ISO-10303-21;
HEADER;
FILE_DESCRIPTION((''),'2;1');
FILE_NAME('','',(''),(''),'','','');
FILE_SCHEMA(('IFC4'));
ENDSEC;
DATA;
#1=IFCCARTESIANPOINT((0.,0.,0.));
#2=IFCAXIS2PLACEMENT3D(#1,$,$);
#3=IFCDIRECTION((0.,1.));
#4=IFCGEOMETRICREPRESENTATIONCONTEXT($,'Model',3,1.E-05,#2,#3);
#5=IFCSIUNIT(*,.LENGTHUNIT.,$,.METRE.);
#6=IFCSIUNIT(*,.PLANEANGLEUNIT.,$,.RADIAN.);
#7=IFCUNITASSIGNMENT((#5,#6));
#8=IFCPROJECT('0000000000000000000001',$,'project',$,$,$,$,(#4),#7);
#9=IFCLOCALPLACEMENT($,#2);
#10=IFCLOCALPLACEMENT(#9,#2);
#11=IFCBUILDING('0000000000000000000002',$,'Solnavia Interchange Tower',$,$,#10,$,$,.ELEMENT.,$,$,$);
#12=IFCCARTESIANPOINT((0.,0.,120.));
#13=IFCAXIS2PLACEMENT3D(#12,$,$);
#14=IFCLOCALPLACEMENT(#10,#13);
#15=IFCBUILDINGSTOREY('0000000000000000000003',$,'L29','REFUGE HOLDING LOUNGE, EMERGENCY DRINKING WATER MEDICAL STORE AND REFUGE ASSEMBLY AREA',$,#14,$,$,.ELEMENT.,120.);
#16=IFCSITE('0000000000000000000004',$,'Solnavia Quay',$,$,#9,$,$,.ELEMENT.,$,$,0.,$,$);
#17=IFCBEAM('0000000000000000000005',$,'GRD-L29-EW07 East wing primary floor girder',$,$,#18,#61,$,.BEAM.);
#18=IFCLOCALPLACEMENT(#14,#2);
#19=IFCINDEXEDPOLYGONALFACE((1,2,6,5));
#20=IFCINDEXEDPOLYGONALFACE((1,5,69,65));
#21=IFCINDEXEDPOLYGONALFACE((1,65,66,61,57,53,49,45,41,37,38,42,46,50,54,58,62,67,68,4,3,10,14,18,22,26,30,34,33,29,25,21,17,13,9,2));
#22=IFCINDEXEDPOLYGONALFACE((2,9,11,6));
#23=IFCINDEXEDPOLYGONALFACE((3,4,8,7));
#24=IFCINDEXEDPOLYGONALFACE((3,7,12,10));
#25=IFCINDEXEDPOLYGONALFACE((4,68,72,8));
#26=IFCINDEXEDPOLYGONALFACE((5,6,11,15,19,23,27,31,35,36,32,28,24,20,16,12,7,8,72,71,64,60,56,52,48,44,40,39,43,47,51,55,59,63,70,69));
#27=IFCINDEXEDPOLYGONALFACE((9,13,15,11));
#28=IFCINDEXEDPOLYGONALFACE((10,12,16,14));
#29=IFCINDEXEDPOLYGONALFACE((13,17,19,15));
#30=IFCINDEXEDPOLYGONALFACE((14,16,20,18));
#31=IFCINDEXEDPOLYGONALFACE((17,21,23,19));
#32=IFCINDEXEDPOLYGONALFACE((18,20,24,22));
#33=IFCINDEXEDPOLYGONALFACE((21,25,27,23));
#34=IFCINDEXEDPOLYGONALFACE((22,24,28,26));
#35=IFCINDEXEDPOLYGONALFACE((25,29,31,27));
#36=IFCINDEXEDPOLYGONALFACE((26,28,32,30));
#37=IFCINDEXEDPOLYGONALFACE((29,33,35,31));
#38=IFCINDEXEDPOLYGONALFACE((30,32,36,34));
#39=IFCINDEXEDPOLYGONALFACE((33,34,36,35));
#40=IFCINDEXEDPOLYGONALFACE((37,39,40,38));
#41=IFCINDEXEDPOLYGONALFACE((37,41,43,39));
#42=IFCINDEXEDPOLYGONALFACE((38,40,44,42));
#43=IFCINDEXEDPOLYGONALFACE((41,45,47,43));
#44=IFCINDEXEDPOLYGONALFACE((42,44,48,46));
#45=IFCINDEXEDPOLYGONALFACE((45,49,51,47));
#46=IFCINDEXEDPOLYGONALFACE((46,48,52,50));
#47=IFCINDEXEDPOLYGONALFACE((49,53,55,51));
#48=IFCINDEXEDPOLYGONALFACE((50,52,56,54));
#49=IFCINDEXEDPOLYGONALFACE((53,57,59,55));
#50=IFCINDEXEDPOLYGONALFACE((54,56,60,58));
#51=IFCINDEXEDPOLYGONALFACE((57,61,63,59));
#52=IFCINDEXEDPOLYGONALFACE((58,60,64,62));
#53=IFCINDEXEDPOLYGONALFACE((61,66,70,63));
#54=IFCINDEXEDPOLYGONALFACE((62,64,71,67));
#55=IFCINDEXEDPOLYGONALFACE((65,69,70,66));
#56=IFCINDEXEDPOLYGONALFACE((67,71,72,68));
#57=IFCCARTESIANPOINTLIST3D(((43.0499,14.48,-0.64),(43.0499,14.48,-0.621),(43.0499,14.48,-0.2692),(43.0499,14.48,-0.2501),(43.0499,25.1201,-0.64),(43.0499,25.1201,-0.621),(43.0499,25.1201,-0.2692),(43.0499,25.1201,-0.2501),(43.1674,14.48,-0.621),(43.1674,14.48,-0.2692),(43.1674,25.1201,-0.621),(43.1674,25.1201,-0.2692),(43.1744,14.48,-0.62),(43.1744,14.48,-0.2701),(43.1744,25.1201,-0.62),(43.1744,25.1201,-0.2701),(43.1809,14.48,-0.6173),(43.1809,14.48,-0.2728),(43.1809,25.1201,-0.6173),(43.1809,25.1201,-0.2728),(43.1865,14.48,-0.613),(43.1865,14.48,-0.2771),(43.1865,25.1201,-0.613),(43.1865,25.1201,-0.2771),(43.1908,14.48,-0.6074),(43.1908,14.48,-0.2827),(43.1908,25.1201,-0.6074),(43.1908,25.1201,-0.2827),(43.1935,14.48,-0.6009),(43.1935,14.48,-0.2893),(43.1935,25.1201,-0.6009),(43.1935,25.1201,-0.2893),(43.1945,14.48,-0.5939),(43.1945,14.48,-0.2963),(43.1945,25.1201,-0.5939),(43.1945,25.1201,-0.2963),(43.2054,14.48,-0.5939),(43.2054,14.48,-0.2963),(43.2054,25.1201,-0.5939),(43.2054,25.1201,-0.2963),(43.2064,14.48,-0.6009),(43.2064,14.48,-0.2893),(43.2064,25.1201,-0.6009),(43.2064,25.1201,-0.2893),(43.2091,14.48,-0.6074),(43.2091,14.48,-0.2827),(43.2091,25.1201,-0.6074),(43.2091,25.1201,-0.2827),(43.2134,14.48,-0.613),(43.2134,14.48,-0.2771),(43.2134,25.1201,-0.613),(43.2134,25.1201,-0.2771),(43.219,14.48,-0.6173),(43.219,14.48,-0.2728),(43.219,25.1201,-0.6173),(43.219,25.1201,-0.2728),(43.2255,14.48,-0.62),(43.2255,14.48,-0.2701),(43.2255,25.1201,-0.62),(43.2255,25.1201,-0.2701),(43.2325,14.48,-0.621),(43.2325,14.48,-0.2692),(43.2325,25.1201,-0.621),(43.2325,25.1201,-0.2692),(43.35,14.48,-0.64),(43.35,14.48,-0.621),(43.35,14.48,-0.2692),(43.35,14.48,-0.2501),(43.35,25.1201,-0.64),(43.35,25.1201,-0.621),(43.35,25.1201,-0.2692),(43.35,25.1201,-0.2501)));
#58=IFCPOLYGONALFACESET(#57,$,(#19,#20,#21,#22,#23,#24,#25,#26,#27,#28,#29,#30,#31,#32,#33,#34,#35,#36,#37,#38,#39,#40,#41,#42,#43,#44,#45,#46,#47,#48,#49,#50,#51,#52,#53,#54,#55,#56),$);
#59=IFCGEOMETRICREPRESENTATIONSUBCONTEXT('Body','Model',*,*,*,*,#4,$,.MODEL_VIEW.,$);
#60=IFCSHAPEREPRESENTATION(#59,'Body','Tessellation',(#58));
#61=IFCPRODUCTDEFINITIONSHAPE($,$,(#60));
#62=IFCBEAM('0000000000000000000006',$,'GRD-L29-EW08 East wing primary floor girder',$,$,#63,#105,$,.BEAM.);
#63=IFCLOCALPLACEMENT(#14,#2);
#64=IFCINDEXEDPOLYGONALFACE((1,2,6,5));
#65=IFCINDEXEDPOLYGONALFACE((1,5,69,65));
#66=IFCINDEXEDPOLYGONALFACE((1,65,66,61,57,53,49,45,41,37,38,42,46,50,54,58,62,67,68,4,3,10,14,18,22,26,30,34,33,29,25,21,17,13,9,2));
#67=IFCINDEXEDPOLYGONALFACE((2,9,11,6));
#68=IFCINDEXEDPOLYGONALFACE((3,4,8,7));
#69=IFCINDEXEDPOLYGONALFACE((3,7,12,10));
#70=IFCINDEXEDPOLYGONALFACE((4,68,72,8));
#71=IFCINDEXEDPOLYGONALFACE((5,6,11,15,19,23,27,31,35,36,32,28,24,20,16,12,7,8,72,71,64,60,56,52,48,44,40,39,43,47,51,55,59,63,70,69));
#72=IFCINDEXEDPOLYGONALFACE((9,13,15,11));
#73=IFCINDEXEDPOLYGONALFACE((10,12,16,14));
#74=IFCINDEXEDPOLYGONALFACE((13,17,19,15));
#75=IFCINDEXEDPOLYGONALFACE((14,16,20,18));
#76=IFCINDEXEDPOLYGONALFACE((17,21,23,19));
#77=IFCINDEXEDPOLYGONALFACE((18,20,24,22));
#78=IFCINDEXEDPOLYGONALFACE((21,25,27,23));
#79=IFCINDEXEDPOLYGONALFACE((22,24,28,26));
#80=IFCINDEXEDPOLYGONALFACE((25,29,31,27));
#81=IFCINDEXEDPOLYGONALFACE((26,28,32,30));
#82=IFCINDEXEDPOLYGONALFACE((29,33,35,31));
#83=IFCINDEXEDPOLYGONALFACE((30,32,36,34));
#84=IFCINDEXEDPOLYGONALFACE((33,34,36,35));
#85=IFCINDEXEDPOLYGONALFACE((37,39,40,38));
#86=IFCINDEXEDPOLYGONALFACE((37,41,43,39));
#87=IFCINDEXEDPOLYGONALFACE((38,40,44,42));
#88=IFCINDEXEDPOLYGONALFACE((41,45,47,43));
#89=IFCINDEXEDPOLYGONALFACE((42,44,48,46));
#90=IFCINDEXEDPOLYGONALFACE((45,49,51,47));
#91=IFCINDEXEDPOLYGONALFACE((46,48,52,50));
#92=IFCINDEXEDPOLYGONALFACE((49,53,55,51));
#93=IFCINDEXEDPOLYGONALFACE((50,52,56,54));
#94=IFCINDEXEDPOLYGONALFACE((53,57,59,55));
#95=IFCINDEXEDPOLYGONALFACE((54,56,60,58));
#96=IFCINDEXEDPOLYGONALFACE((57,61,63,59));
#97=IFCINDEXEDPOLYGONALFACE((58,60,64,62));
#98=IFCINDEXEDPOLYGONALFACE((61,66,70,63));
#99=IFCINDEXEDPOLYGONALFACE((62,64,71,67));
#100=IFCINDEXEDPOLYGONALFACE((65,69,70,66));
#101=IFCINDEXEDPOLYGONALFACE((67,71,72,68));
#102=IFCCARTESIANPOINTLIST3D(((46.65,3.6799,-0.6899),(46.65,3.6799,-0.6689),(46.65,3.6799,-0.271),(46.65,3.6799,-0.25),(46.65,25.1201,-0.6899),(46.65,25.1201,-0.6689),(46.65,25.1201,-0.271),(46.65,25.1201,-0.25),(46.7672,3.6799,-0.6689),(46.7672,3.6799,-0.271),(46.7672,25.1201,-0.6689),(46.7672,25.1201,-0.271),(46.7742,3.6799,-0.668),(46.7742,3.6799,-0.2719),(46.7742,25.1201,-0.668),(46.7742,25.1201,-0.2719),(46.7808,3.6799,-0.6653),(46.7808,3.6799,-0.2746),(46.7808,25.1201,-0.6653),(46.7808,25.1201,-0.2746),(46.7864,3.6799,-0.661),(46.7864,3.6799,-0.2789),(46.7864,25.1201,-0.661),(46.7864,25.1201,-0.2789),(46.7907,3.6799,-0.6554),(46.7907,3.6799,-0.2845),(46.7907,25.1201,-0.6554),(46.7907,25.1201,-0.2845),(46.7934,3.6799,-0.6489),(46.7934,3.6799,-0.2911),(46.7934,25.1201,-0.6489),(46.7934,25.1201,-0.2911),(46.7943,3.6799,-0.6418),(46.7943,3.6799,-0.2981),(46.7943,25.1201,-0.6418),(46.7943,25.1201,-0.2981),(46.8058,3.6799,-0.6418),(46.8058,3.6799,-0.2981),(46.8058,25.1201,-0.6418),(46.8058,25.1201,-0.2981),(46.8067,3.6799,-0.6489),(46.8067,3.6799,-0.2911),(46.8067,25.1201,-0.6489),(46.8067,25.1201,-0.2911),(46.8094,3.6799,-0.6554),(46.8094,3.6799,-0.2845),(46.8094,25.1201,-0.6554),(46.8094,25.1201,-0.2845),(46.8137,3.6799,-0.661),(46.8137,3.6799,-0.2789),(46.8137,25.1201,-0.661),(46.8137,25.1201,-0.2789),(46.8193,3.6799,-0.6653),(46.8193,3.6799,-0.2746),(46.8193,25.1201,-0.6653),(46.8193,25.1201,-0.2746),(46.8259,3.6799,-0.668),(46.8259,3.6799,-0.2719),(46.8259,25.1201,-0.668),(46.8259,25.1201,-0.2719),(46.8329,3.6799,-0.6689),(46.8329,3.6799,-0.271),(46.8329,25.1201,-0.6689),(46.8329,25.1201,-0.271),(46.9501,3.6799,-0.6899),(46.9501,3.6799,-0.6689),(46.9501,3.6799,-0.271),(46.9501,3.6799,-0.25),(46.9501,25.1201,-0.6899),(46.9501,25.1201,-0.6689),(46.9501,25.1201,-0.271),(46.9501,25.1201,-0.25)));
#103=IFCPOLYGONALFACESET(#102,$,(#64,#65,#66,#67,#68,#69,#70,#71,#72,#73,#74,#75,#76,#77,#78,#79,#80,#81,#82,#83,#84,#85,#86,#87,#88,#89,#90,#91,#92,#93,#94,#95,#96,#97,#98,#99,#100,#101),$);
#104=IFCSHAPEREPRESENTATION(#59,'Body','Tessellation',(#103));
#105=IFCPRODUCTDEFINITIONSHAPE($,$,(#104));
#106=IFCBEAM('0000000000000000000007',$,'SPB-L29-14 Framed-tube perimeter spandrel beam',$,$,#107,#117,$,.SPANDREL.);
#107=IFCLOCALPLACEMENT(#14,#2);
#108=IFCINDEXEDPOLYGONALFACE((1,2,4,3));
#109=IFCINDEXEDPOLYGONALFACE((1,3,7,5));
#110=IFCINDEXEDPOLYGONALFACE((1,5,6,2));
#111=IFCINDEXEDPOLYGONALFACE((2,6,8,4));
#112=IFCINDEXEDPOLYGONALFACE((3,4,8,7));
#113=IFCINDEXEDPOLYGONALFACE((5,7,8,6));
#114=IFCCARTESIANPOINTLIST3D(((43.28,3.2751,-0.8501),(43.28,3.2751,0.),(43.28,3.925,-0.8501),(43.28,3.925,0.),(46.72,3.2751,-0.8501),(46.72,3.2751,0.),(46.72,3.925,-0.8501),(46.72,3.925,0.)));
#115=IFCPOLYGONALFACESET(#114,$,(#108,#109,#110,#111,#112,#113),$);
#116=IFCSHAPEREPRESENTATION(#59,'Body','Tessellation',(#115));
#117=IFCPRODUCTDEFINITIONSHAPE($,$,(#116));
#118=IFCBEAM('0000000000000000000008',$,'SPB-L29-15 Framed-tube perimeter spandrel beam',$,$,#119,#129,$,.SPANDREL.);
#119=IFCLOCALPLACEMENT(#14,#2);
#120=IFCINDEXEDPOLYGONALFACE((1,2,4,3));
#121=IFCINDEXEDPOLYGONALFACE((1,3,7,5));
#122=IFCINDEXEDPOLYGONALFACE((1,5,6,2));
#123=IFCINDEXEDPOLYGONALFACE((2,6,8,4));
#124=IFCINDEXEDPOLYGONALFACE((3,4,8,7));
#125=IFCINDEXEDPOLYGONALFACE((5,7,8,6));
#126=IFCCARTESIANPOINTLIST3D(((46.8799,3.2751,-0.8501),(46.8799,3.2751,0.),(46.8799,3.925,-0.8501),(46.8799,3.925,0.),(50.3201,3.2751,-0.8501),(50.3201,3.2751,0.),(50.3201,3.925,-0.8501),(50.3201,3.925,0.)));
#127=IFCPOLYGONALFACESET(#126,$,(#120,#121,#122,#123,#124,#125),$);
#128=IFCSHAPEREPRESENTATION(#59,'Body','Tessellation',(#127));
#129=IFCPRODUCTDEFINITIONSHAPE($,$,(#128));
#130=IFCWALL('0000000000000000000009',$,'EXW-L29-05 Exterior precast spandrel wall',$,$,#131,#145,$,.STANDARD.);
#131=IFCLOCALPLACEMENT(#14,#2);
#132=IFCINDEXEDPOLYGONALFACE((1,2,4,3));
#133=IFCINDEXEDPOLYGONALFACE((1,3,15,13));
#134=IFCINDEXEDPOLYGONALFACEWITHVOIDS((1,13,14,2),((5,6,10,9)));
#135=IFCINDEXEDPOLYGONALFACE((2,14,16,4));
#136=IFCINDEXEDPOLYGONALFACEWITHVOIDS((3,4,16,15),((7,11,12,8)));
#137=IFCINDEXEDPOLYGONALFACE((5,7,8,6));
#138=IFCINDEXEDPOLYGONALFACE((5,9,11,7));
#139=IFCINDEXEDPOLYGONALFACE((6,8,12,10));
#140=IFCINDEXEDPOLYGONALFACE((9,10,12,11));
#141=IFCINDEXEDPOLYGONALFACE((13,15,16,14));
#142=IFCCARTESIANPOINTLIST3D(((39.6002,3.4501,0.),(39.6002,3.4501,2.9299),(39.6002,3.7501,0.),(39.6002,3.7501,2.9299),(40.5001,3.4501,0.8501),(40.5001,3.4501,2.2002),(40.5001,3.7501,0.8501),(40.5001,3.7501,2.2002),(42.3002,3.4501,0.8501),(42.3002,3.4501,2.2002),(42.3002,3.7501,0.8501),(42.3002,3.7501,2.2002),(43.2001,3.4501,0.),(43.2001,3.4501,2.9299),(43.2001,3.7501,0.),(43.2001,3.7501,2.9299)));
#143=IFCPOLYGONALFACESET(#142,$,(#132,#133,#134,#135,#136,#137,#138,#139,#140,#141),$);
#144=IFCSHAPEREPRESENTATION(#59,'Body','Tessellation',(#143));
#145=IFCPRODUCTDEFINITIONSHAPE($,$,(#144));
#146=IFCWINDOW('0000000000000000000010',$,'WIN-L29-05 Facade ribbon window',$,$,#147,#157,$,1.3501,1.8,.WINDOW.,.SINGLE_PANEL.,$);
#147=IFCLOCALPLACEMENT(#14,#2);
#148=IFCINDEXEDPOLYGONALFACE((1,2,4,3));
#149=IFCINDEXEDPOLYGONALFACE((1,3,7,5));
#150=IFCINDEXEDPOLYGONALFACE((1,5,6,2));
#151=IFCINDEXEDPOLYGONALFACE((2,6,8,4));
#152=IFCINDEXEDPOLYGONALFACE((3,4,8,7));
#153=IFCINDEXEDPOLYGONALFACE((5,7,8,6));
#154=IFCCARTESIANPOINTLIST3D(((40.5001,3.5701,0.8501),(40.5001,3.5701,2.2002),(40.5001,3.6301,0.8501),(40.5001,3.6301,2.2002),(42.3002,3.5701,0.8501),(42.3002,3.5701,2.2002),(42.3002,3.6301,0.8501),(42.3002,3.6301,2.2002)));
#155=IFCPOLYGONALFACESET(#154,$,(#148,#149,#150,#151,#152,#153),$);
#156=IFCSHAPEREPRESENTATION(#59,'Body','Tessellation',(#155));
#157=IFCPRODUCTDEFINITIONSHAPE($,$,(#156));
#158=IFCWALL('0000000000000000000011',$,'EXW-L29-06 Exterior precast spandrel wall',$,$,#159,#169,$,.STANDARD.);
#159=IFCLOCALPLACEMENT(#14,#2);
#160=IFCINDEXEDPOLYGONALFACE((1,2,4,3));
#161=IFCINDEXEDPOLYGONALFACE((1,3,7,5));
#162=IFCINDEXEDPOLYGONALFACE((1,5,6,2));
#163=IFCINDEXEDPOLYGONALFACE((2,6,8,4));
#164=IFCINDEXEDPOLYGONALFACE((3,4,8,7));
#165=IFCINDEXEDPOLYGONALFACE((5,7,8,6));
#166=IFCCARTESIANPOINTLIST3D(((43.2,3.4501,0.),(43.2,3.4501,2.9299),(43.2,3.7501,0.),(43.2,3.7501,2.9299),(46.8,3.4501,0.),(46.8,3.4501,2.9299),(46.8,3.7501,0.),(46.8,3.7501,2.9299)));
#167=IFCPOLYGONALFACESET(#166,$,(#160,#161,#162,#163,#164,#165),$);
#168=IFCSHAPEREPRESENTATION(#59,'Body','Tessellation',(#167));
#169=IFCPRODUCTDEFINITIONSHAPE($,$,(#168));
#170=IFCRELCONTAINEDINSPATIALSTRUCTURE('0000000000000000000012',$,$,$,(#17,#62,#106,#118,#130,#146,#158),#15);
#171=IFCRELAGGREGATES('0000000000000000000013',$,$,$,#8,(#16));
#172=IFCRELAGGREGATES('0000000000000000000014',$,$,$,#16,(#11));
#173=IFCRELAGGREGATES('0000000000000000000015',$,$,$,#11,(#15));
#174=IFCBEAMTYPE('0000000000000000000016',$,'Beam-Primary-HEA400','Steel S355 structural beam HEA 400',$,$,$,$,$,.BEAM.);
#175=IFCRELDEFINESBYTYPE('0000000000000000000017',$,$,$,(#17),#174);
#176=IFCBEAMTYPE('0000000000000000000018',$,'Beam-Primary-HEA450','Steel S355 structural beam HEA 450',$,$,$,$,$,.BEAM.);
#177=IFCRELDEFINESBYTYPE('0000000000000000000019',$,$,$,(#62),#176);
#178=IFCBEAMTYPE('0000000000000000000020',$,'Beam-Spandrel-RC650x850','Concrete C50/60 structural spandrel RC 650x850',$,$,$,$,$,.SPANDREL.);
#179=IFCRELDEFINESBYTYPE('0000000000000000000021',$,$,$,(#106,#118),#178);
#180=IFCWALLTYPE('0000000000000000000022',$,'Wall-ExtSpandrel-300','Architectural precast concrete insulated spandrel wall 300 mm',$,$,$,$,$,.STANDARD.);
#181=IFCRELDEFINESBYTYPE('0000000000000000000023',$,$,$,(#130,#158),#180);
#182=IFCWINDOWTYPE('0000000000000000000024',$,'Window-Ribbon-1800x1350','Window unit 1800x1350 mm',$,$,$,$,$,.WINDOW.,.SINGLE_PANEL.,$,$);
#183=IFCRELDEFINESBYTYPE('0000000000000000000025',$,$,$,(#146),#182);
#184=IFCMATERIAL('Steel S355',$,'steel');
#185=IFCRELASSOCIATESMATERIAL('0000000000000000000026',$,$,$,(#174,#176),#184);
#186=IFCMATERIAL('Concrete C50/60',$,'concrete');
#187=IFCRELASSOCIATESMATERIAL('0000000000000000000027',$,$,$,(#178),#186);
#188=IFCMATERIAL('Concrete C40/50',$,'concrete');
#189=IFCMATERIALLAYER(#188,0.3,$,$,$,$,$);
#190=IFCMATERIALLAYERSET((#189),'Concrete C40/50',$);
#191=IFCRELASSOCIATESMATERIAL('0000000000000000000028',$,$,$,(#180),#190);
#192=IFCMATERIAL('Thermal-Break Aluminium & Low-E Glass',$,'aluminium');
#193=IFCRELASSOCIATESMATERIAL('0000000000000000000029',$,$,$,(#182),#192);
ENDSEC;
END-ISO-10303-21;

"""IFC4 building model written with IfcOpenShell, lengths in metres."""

from ifc_helpers import new_model, si_unit, direction, frame, frame_2d, origin, origin_2d, place, context, subcontext, project, spatial, rectangle, i_section, extrude, material, layer, layer_set, material_profile, profile_set, type_object, element, fill, save


model = new_model("IFC4")

# Units and contexts
model_context = context("Model", 3, precision=1e-05, world=origin(), true_north=direction((0.0, 1.0)))
body_context = subcontext(model_context, "Body", "Model", "MODEL_VIEW")
ifc_project = project(units=[si_unit("LENGTHUNIT", "METRE"), si_unit("PLANEANGLEUNIT", "RADIAN")], contexts=[model_context])

# Site, building, storey
site_placement = place(None, origin())
site = spatial("IfcSite", under=ifc_project, at=site_placement, Name="Solnavia Quay", CompositionType="ELEMENT", RefElevation=0.0)
building_placement = place(site_placement, origin())
building = spatial("IfcBuilding", under=site, at=building_placement, Name="Solnavia Interchange Tower", CompositionType="ELEMENT")
storey_placement = place(building_placement, frame((0.0, 0.0, 120.0)))
storey = spatial("IfcBuildingStorey", under=building, at=storey_placement, Name="L29", Description="REFUGE HOLDING LOUNGE, EMERGENCY DRINKING WATER MEDICAL STORE AND REFUGE ASSEMBLY AREA", CompositionType="ELEMENT", Elevation=120.0)

# Shared definitions
ifc_material_1 = material(Name="Concrete C50/60", Category="concrete")
ifc_material_2 = material(Name="Steel S355", Category="steel")

# Beams
ifc_material_profile_1 = material_profile(ifc_material_2, i_section(OverallWidth=0.3, OverallDepth=0.3899, WebThickness=0.011, FlangeThickness=0.019, FilletRadius=0.0271, at=origin_2d()), Name="HEA 400")
ifc_profile_set_1 = profile_set([ifc_material_profile_1], Name="Steel S355")
beam_type_1 = type_object("IfcBeamType", Name="Beam-Primary-HEA400", Description="Steel S355 structural beam HEA 400", PredefinedType="BEAM", material=ifc_profile_set_1)
for number, where, z_axis, x_axis, name in (
    (1, (43.2, 14.48, -0.4451), (0.0, 1.0, 0.0), (-1.0, 0.0, 0.0), "GRD-L29-EW07 East wing primary floor girder"),
):
    element("IfcBeam", number, at=place(storey_placement, frame(where, z_axis=z_axis, x_axis=x_axis)), inside=storey, type_object=beam_type_1, Name=name, PredefinedType="BEAM", context=body_context, shape_type="SweptSolid", body=[
        extrude(i_section(OverallWidth=0.3, OverallDepth=0.3899, WebThickness=0.011, FlangeThickness=0.019, FilletRadius=0.0271, at=origin_2d()), origin(), (0.0, 0.0, 1.0), 10.6401),
    ])
ifc_material_profile_2 = material_profile(ifc_material_2, i_section(OverallWidth=0.3, OverallDepth=0.4399, WebThickness=0.0115, FlangeThickness=0.021, FilletRadius=0.0271, at=origin_2d()), Name="HEA 450")
ifc_profile_set_2 = profile_set([ifc_material_profile_2], Name="Steel S355")
beam_type_2 = type_object("IfcBeamType", Name="Beam-Primary-HEA450", Description="Steel S355 structural beam HEA 450", PredefinedType="BEAM", material=ifc_profile_set_2)
beam_1_placement = place(storey_placement, frame((46.8, 3.6799, -0.47), z_axis=(0.0, 1.0, 0.0), x_axis=(-1.0, 0.0, 0.0)))
element("IfcBeam", 2, at=beam_1_placement, inside=storey, type_object=beam_type_2, Name="GRD-L29-EW08 East wing primary floor girder", PredefinedType="BEAM", context=body_context, shape_type="SweptSolid", body=[
    extrude(i_section(OverallWidth=0.3, OverallDepth=0.4399, WebThickness=0.0115, FlangeThickness=0.021, FilletRadius=0.0271, at=origin_2d()), origin(), (0.0, 0.0, 1.0), 21.4402),
])
ifc_material_profile_3 = material_profile(ifc_material_1, rectangle(XDim=0.6499, YDim=0.8501, at=origin_2d()), Name="RC 650x850")
ifc_profile_set_3 = profile_set([ifc_material_profile_3], Name="Concrete C50/60")
beam_type_3 = type_object("IfcBeamType", Name="Beam-Spandrel-RC650x850", Description="Concrete C50/60 structural spandrel RC 650x850", PredefinedType="SPANDREL", material=ifc_profile_set_3)
beam_2_placement = place(storey_placement, frame((43.28, 3.6001, -0.425), z_axis=(1.0, 0.0, 0.0), x_axis=(0.0, 1.0, 0.0)))
element("IfcBeam", 3, at=beam_2_placement, inside=storey, type_object=beam_type_3, Name="SPB-L29-14 Framed-tube perimeter spandrel beam", PredefinedType="SPANDREL", context=body_context, shape_type="SweptSolid", body=[
    extrude(rectangle(XDim=0.6499, YDim=0.8501, at=origin_2d()), origin(), (0.0, 0.0, 1.0), 3.4399),
])
beam_3_placement = place(storey_placement, frame((46.8799, 3.6001, -0.425), z_axis=(1.0, 0.0, 0.0), x_axis=(0.0, 1.0, 0.0)))
element("IfcBeam", 4, at=beam_3_placement, inside=storey, type_object=beam_type_3, Name="SPB-L29-15 Framed-tube perimeter spandrel beam", PredefinedType="SPANDREL", context=body_context, shape_type="SweptSolid", body=[
    extrude(rectangle(XDim=0.6499, YDim=0.8501, at=origin_2d()), origin(), (0.0, 0.0, 1.0), 3.4402),
])

# Wall, opening, window
ifc_material_3 = material(Name="Concrete C40/50", Category="concrete")
ifc_layer_1 = layer(ifc_material_3, 0.3)
ifc_layer_set_1 = layer_set([ifc_layer_1], Name="Concrete C40/50")
wall_type_1 = type_object("IfcWallType", Name="Wall-ExtSpandrel-300", Description="Architectural precast concrete insulated spandrel wall 300 mm", PredefinedType="STANDARD", material=ifc_layer_set_1)
wall_1_placement = place(storey_placement, frame((43.2, 3.6001, 0.0), z_axis=(0.0, 0.0, 1.0), x_axis=(-1.0, 0.0, 0.0)))
wall_1 = element("IfcWall", 5, at=wall_1_placement, inside=storey, type_object=wall_type_1, Name="EXW-L29-05 Exterior precast spandrel wall", PredefinedType="STANDARD", context=body_context, shape_type="SweptSolid", body=[
    extrude(rectangle(XDim=3.5999, YDim=0.3, at=frame_2d((1.7998, 0.0))), origin(), (0.0, 0.0, 1.0), 2.9299),
])
opening_1_placement = place(wall_1_placement, frame((0.8999, 0.0, 0.8501)))
opening_1 = element("IfcOpeningElement", 6, at=opening_1_placement, cuts=wall_1, PredefinedType="OPENING", context=body_context, shape_type="SweptSolid", body=[
    extrude(rectangle(XDim=1.8, YDim=1.3501, at=frame_2d((0.8999, 0.675))), frame((0.0, 0.1602, 0.0), z_axis=(0.0, -1.0, 0.0), x_axis=(1.0, 0.0, 0.0)), (0.0, 0.0, 1.0), 0.3201),
])
ifc_material_4 = material(Name="Thermal-Break Aluminium & Low-E Glass", Category="aluminium")
window_type = type_object("IfcWindowType", Name="Window-Ribbon-1800x1350", Description="Window unit 1800x1350 mm", PartitioningType="SINGLE_PANEL", PredefinedType="WINDOW", material=ifc_material_4)
window_1_placement = place(opening_1_placement, origin())
window_1 = element("IfcWindow", 7, at=window_1_placement, inside=storey, type_object=window_type, Name="WIN-L29-05 Facade ribbon window", OverallHeight=1.3501, OverallWidth=1.8, PartitioningType="SINGLE_PANEL", PredefinedType="WINDOW", context=body_context, shape_type="SweptSolid", body=[
    extrude(rectangle(XDim=1.8, YDim=1.3501, at=frame_2d((0.8999, 0.675))), frame((0.0, 0.03, 0.0), z_axis=(0.0, -1.0, 0.0), x_axis=(1.0, 0.0, 0.0)), (0.0, 0.0, 1.0), 0.0601),
])
fill(opening_1, window_1)

# Wall
wall_2_placement = place(storey_placement, frame((46.8, 3.6001, 0.0), z_axis=(0.0, 0.0, 1.0), x_axis=(-1.0, 0.0, 0.0)))
element("IfcWall", 8, at=wall_2_placement, inside=storey, type_object=wall_type_1, Name="EXW-L29-06 Exterior precast spandrel wall", PredefinedType="STANDARD", context=body_context, shape_type="SweptSolid", body=[
    extrude(rectangle(XDim=3.6001, YDim=0.3, at=frame_2d((1.8, 0.0))), origin(), (0.0, 0.0, 1.0), 2.9299),
])

save(model, "model.ifc")
